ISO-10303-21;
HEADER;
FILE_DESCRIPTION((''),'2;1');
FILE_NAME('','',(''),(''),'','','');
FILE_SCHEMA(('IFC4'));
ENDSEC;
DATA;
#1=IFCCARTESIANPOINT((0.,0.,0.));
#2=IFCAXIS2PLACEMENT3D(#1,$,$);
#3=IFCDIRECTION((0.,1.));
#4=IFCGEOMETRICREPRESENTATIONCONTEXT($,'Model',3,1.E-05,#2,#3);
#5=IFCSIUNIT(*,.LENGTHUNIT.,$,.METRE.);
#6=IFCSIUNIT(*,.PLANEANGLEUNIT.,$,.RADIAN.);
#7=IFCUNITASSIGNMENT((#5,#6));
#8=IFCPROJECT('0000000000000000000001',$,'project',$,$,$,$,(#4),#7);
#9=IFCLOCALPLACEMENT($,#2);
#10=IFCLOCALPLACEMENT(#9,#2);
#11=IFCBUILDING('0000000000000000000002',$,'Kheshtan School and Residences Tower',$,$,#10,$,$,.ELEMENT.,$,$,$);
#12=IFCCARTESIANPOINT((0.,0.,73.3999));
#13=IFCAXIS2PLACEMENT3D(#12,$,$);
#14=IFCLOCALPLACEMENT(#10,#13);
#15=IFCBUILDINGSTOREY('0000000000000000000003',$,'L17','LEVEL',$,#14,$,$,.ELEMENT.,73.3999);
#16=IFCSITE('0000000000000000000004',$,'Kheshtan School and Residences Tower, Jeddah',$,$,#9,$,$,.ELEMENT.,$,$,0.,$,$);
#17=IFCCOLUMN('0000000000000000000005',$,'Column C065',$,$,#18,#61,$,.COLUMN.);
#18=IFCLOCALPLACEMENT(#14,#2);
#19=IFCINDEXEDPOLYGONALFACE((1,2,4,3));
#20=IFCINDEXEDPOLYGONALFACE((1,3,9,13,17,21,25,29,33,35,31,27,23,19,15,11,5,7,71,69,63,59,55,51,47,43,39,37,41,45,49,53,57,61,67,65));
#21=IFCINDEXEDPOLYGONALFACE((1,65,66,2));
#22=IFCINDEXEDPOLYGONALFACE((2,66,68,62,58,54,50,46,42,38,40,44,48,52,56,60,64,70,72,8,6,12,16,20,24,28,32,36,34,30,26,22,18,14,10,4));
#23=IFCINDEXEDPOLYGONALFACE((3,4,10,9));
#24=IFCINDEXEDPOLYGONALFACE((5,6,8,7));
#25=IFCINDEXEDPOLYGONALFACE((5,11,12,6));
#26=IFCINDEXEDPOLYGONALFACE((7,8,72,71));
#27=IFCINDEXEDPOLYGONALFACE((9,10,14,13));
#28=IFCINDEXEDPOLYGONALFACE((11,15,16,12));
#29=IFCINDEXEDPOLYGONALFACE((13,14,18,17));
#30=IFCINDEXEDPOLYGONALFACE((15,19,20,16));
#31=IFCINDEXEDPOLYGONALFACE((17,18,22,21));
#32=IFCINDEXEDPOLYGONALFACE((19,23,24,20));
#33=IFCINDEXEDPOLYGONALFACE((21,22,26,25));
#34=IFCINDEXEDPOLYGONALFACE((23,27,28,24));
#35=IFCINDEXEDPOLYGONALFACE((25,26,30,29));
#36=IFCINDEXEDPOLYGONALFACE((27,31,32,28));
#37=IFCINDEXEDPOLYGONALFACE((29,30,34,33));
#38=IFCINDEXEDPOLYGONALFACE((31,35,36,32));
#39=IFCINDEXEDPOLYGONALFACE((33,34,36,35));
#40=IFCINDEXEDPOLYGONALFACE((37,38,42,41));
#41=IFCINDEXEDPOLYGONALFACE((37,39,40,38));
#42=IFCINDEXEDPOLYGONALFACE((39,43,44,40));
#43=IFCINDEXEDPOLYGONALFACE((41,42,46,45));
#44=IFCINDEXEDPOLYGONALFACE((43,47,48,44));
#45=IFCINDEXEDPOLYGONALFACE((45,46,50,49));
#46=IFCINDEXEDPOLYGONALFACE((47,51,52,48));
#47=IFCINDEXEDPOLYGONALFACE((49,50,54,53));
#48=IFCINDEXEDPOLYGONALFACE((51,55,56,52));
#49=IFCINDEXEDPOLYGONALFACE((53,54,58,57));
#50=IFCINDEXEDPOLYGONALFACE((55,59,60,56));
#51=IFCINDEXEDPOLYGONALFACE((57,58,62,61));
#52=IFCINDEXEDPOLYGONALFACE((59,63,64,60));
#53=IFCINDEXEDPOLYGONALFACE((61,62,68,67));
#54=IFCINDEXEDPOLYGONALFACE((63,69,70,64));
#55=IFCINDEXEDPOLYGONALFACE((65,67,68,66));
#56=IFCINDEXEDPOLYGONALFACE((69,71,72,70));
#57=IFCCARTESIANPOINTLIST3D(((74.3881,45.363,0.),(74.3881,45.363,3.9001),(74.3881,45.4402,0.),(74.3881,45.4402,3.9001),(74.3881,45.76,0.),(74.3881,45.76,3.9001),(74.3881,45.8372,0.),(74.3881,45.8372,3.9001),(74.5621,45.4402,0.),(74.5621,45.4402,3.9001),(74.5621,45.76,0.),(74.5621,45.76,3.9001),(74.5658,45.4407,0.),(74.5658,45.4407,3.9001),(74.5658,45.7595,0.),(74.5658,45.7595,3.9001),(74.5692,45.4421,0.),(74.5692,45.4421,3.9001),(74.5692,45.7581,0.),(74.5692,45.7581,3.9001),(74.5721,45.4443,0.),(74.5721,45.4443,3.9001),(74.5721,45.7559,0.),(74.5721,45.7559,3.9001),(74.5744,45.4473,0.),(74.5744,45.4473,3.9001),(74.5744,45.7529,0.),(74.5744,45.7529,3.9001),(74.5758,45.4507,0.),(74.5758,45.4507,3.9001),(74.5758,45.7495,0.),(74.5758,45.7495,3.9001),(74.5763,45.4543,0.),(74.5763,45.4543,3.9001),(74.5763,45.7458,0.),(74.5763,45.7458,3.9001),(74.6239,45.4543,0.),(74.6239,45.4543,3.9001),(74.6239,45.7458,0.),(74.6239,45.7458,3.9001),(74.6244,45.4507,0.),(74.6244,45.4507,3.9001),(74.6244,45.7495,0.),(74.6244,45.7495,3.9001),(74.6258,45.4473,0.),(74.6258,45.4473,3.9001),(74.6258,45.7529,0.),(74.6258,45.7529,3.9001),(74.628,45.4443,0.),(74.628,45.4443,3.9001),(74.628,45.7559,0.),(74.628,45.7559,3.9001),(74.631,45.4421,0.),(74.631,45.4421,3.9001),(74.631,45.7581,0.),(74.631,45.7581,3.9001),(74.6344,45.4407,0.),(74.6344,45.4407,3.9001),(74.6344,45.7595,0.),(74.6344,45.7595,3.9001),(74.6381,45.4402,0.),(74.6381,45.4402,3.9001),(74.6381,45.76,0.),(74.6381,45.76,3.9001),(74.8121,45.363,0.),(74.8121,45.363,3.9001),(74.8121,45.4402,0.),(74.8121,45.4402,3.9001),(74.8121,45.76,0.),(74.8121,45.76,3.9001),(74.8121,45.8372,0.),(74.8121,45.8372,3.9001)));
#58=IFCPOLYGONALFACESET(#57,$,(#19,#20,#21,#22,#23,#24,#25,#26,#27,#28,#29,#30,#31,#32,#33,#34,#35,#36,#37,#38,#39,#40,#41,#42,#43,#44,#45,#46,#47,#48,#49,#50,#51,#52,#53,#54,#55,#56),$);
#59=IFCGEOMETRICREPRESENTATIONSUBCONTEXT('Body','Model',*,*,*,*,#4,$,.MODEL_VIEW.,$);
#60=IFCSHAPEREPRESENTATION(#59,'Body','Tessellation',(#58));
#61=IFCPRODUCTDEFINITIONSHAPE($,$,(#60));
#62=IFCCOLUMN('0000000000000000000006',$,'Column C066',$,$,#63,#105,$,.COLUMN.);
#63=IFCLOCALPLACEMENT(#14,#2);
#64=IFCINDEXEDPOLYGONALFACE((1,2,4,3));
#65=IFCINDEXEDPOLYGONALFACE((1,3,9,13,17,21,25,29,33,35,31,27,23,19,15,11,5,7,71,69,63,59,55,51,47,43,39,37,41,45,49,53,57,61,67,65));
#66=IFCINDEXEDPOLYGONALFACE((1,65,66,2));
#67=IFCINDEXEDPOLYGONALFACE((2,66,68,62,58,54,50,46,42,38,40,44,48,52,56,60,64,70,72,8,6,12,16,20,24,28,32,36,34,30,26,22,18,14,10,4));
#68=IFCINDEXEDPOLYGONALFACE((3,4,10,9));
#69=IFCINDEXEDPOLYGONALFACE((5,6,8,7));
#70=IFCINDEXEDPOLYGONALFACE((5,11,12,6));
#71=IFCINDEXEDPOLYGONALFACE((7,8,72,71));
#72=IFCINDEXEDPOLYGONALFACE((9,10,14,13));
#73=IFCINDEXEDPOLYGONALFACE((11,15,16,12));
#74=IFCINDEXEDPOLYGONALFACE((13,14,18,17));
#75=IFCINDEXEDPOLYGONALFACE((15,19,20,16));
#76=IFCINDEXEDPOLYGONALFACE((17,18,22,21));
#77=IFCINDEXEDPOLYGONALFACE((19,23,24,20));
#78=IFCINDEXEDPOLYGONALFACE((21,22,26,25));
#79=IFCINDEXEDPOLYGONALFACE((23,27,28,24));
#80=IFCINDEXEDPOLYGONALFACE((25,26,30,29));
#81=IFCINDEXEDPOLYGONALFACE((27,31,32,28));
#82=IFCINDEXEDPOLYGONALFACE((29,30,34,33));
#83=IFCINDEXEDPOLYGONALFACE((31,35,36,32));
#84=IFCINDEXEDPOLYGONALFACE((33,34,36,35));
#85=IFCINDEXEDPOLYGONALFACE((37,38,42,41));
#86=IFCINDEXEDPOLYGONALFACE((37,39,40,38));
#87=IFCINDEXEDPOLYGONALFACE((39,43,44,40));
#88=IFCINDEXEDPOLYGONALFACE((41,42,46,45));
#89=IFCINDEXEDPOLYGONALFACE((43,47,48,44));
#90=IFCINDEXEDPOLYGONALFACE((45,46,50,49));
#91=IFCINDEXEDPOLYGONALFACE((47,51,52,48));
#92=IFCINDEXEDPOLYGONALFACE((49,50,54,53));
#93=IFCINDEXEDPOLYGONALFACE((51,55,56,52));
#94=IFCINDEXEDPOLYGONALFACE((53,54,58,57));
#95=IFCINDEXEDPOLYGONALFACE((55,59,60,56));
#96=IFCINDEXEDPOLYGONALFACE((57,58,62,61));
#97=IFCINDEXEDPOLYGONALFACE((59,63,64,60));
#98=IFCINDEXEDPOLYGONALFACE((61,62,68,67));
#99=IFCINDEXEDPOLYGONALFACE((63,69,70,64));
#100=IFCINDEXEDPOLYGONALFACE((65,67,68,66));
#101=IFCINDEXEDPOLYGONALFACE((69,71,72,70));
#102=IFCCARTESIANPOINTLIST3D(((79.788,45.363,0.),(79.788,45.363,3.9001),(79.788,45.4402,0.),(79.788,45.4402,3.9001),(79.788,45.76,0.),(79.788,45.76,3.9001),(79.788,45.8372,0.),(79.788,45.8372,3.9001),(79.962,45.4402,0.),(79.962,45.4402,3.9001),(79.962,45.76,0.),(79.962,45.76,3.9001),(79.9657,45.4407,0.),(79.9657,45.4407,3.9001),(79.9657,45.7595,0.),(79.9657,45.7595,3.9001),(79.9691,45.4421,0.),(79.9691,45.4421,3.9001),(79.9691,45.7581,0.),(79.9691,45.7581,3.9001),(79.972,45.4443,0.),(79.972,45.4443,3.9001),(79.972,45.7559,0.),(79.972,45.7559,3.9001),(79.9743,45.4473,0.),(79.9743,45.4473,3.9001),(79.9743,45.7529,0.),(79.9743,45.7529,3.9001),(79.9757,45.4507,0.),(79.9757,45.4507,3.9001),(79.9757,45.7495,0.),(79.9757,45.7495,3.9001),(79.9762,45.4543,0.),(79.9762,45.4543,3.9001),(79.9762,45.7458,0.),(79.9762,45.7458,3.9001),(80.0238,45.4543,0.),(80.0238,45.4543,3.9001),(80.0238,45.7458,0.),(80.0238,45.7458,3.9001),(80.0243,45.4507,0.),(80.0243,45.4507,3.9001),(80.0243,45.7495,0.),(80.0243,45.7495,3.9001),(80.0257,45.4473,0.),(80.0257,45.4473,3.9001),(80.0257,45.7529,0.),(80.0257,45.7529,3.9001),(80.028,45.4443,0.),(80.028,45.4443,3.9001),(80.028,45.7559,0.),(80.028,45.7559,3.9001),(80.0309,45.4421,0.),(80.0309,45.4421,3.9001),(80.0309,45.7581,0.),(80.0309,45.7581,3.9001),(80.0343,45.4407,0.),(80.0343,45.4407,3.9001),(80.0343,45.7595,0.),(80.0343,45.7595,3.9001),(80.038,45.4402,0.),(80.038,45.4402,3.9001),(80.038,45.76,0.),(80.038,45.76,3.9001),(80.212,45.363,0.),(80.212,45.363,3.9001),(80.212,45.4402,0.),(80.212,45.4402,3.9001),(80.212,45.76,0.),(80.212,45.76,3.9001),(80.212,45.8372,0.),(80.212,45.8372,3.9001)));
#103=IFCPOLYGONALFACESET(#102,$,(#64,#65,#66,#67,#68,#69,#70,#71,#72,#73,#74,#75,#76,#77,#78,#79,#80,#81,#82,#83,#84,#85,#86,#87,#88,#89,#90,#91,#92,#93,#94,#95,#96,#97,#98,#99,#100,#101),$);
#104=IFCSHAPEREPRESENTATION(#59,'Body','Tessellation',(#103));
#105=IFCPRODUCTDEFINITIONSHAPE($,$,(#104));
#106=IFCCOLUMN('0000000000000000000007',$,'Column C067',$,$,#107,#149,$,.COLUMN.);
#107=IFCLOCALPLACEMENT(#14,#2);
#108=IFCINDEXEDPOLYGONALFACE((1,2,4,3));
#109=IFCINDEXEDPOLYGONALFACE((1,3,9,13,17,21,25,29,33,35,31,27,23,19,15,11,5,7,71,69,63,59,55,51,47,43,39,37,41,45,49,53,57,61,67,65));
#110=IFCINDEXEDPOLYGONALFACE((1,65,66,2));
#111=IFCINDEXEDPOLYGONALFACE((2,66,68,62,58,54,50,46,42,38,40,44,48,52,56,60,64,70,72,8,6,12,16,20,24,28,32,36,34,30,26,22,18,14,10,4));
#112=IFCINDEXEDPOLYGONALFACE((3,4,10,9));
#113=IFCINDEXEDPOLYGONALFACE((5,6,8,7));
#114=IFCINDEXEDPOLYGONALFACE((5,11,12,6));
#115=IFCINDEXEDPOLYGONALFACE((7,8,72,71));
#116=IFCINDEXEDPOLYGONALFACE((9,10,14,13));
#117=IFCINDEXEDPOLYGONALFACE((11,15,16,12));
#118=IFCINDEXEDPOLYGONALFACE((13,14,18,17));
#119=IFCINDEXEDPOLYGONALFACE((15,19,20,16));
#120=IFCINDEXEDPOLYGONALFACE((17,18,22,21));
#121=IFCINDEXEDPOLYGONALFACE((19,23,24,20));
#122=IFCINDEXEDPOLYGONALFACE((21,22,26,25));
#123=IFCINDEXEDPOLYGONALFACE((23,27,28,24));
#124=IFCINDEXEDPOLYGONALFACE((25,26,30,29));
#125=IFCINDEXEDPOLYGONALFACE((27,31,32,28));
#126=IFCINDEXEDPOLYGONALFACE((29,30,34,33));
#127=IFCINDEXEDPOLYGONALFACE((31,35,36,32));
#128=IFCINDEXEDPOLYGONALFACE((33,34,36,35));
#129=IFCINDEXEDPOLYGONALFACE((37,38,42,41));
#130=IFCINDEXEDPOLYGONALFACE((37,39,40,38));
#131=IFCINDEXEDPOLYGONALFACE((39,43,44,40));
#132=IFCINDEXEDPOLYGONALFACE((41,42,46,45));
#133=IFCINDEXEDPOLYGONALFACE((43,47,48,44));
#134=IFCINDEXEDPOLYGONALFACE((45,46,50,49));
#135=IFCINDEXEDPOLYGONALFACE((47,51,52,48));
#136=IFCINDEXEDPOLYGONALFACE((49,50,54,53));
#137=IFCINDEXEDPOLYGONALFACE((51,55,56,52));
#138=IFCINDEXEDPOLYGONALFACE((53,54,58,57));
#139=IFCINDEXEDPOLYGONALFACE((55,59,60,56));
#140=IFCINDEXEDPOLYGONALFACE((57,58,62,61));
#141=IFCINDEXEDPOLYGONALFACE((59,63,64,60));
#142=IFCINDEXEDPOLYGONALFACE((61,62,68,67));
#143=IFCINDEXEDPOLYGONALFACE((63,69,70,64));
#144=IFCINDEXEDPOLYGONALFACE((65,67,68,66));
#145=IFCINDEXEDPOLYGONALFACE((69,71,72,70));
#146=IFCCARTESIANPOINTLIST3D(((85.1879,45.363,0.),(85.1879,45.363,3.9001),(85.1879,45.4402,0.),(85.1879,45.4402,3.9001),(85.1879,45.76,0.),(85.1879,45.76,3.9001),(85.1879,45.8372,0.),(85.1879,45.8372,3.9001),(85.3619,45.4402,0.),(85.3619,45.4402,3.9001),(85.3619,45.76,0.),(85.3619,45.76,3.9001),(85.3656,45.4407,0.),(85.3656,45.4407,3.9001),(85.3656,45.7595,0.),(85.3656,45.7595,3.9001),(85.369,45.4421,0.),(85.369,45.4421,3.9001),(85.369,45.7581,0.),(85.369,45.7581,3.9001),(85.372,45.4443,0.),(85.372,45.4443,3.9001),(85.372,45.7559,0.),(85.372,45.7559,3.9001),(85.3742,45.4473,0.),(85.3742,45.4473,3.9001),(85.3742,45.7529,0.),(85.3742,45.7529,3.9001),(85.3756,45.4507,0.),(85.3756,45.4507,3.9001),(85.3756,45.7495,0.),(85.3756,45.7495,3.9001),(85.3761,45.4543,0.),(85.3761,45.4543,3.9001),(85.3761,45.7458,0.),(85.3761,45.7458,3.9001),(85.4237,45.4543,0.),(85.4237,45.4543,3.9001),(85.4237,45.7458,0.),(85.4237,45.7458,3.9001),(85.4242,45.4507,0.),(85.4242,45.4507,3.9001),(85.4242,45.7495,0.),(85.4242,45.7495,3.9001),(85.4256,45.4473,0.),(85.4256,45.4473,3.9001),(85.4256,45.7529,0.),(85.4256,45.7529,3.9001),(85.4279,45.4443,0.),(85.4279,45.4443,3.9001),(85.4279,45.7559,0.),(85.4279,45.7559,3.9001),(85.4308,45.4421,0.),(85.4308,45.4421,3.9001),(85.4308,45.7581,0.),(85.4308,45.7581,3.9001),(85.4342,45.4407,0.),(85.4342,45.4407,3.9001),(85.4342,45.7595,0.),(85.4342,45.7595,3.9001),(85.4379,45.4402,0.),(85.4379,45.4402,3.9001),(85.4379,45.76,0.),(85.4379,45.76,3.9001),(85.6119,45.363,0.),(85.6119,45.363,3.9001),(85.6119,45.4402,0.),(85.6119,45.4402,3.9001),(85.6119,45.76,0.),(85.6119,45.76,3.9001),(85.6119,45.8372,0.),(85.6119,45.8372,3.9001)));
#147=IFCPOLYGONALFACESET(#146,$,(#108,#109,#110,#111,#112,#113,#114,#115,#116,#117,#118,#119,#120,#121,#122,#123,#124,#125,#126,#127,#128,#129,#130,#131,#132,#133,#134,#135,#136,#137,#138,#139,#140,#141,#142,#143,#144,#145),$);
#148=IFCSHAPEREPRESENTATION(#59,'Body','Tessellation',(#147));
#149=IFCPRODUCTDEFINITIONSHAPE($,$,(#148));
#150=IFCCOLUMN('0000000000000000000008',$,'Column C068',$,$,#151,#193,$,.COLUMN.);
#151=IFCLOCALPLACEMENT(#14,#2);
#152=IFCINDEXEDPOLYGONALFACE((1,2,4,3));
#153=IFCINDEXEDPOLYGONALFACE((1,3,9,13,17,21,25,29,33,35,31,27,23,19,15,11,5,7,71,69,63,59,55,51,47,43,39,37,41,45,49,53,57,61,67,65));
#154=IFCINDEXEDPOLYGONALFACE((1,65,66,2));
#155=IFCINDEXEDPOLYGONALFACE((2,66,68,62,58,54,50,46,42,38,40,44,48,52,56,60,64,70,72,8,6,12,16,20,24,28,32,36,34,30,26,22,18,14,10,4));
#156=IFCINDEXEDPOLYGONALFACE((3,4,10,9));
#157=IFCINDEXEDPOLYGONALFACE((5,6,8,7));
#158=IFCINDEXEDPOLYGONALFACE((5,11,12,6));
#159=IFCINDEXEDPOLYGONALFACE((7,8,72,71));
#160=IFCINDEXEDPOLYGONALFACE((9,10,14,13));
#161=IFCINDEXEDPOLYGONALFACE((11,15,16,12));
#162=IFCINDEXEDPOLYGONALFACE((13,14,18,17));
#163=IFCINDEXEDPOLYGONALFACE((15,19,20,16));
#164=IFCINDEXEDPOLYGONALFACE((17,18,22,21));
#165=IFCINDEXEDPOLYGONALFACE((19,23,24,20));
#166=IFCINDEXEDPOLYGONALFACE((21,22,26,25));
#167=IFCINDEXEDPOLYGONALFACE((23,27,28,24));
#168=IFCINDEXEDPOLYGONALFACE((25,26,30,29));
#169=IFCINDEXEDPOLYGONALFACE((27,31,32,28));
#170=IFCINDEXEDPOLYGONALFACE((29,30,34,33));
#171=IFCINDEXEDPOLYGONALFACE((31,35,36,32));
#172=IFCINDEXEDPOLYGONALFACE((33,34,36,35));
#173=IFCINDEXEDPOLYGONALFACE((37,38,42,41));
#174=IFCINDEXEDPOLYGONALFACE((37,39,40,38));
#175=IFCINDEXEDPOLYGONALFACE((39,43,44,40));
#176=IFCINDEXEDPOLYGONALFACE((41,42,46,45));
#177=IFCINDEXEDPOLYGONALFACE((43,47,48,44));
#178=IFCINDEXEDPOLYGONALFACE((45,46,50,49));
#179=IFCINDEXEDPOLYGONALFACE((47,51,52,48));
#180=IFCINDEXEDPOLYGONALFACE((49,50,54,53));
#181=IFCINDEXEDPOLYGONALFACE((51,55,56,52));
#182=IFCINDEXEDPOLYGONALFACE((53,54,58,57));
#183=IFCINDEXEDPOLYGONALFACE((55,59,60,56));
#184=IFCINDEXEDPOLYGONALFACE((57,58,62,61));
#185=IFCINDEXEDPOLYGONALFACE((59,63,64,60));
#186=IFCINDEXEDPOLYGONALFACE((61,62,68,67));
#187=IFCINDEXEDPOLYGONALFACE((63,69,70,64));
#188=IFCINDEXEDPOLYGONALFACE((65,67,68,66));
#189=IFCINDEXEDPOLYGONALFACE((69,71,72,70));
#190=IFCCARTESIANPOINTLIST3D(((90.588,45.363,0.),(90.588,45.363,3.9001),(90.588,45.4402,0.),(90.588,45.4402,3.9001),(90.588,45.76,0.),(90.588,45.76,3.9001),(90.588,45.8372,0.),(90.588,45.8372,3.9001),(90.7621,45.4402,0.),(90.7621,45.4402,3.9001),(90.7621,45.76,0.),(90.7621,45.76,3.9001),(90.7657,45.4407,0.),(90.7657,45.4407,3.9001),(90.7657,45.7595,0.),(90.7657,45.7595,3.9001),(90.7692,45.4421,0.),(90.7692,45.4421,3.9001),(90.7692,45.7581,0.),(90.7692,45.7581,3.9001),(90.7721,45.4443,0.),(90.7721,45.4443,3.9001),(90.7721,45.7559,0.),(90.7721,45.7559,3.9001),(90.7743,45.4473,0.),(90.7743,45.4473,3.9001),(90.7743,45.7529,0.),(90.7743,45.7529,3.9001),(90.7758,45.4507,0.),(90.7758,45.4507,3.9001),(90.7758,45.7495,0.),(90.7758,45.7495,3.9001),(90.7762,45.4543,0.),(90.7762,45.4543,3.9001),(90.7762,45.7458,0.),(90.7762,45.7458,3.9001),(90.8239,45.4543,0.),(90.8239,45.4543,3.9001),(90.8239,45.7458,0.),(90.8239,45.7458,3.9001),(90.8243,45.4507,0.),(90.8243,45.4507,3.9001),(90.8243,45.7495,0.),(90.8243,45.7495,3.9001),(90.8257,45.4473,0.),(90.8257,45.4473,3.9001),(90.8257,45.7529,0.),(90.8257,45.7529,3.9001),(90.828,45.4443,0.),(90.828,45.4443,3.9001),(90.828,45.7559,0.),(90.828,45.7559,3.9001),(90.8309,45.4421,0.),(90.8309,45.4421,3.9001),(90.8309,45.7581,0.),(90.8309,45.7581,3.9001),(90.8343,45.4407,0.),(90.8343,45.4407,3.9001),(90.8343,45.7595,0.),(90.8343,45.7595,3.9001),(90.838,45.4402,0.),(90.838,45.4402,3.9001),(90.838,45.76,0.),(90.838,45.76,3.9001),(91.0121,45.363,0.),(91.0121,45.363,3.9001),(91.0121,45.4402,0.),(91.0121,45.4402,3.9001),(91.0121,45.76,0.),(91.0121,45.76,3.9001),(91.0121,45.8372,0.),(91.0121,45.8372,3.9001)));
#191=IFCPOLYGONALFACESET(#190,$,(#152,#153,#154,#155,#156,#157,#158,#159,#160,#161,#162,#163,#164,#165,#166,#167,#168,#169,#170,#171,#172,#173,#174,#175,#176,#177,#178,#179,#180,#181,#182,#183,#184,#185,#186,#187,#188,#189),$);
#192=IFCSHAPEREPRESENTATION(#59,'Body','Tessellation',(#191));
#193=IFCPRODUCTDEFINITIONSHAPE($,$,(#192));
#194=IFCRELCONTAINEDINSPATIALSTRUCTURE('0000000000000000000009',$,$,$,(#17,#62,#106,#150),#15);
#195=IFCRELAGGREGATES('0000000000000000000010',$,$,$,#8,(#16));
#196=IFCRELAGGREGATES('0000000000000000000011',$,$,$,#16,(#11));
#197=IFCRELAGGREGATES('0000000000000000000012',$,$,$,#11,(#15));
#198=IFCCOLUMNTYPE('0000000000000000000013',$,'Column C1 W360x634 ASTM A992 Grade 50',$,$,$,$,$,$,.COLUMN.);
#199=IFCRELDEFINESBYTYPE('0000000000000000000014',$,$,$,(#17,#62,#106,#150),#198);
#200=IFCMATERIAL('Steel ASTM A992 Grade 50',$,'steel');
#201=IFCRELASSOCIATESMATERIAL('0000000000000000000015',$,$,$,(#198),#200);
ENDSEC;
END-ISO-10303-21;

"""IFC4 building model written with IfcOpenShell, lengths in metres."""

from ifc_helpers import new_model, si_unit, direction, frame, origin, origin_2d, place, context, subcontext, project, spatial, i_section, extrude, material, material_profile, profile_set, type_object, element, save


model = new_model("IFC4")

# Units and contexts
model_context = context("Model", 3, precision=1e-05, world=origin(), true_north=direction((0.0, 1.0)))
body_context = subcontext(model_context, "Body", "Model", "MODEL_VIEW")
ifc_project = project(units=[si_unit("LENGTHUNIT", "METRE"), si_unit("PLANEANGLEUNIT", "RADIAN")], contexts=[model_context])

# Site, building, storey
site_placement = place(None, origin())
site = spatial("IfcSite", under=ifc_project, at=site_placement, Name="Kheshtan School and Residences Tower, Jeddah", CompositionType="ELEMENT", RefElevation=0.0)
building_placement = place(site_placement, origin())
building = spatial("IfcBuilding", under=site, at=building_placement, Name="Kheshtan School and Residences Tower", CompositionType="ELEMENT")
storey_placement = place(building_placement, frame((0.0, 0.0, 73.3999)))
storey = spatial("IfcBuildingStorey", under=building, at=storey_placement, Name="L17", Description="LEVEL", CompositionType="ELEMENT", Elevation=73.3999)

# Columns
ifc_material_1 = material(Name="Steel ASTM A992 Grade 50", Category="steel")
ifc_material_profile_1 = material_profile(ifc_material_1, i_section(OverallWidth=0.4241, OverallDepth=0.4741, WebThickness=0.0476, FlangeThickness=0.0771, FilletRadius=0.0142, at=origin_2d()), Name="W360x634")
ifc_profile_set_1 = profile_set([ifc_material_profile_1], Name="Steel ASTM A992 Grade 50")
column_type = type_object("IfcColumnType", Name="Column C1 W360x634 ASTM A992 Grade 50", PredefinedType="COLUMN", material=ifc_profile_set_1)
for number, where, z_axis, x_axis, name in (
    (1, (74.6001, 45.6001, 0.0), (0.0, 0.0, 1.0), (1.0, 0.0, 0.0), "Column C065"),
    (2, (80.0, 45.6001, 0.0), (0.0, 0.0, 1.0), (1.0, 0.0, 0.0), "Column C066"),
    (3, (85.3999, 45.6001, 0.0), (0.0, 0.0, 1.0), (1.0, 0.0, 0.0), "Column C067"),
    (4, (90.8, 45.6001, 0.0), (0.0, 0.0, 1.0), (1.0, 0.0, 0.0), "Column C068"),
):
    element("IfcColumn", number, at=place(storey_placement, frame(where, z_axis=z_axis, x_axis=x_axis)), inside=storey, type_object=column_type, Name=name, PredefinedType="COLUMN", context=body_context, shape_type="SweptSolid", body=[
        extrude(i_section(OverallWidth=0.4241, OverallDepth=0.4741, WebThickness=0.0476, FlangeThickness=0.0771, FilletRadius=0.0142, at=origin_2d()), origin(), (0.0, 0.0, 1.0), 3.9001),
    ])

save(model, "model.ifc")
